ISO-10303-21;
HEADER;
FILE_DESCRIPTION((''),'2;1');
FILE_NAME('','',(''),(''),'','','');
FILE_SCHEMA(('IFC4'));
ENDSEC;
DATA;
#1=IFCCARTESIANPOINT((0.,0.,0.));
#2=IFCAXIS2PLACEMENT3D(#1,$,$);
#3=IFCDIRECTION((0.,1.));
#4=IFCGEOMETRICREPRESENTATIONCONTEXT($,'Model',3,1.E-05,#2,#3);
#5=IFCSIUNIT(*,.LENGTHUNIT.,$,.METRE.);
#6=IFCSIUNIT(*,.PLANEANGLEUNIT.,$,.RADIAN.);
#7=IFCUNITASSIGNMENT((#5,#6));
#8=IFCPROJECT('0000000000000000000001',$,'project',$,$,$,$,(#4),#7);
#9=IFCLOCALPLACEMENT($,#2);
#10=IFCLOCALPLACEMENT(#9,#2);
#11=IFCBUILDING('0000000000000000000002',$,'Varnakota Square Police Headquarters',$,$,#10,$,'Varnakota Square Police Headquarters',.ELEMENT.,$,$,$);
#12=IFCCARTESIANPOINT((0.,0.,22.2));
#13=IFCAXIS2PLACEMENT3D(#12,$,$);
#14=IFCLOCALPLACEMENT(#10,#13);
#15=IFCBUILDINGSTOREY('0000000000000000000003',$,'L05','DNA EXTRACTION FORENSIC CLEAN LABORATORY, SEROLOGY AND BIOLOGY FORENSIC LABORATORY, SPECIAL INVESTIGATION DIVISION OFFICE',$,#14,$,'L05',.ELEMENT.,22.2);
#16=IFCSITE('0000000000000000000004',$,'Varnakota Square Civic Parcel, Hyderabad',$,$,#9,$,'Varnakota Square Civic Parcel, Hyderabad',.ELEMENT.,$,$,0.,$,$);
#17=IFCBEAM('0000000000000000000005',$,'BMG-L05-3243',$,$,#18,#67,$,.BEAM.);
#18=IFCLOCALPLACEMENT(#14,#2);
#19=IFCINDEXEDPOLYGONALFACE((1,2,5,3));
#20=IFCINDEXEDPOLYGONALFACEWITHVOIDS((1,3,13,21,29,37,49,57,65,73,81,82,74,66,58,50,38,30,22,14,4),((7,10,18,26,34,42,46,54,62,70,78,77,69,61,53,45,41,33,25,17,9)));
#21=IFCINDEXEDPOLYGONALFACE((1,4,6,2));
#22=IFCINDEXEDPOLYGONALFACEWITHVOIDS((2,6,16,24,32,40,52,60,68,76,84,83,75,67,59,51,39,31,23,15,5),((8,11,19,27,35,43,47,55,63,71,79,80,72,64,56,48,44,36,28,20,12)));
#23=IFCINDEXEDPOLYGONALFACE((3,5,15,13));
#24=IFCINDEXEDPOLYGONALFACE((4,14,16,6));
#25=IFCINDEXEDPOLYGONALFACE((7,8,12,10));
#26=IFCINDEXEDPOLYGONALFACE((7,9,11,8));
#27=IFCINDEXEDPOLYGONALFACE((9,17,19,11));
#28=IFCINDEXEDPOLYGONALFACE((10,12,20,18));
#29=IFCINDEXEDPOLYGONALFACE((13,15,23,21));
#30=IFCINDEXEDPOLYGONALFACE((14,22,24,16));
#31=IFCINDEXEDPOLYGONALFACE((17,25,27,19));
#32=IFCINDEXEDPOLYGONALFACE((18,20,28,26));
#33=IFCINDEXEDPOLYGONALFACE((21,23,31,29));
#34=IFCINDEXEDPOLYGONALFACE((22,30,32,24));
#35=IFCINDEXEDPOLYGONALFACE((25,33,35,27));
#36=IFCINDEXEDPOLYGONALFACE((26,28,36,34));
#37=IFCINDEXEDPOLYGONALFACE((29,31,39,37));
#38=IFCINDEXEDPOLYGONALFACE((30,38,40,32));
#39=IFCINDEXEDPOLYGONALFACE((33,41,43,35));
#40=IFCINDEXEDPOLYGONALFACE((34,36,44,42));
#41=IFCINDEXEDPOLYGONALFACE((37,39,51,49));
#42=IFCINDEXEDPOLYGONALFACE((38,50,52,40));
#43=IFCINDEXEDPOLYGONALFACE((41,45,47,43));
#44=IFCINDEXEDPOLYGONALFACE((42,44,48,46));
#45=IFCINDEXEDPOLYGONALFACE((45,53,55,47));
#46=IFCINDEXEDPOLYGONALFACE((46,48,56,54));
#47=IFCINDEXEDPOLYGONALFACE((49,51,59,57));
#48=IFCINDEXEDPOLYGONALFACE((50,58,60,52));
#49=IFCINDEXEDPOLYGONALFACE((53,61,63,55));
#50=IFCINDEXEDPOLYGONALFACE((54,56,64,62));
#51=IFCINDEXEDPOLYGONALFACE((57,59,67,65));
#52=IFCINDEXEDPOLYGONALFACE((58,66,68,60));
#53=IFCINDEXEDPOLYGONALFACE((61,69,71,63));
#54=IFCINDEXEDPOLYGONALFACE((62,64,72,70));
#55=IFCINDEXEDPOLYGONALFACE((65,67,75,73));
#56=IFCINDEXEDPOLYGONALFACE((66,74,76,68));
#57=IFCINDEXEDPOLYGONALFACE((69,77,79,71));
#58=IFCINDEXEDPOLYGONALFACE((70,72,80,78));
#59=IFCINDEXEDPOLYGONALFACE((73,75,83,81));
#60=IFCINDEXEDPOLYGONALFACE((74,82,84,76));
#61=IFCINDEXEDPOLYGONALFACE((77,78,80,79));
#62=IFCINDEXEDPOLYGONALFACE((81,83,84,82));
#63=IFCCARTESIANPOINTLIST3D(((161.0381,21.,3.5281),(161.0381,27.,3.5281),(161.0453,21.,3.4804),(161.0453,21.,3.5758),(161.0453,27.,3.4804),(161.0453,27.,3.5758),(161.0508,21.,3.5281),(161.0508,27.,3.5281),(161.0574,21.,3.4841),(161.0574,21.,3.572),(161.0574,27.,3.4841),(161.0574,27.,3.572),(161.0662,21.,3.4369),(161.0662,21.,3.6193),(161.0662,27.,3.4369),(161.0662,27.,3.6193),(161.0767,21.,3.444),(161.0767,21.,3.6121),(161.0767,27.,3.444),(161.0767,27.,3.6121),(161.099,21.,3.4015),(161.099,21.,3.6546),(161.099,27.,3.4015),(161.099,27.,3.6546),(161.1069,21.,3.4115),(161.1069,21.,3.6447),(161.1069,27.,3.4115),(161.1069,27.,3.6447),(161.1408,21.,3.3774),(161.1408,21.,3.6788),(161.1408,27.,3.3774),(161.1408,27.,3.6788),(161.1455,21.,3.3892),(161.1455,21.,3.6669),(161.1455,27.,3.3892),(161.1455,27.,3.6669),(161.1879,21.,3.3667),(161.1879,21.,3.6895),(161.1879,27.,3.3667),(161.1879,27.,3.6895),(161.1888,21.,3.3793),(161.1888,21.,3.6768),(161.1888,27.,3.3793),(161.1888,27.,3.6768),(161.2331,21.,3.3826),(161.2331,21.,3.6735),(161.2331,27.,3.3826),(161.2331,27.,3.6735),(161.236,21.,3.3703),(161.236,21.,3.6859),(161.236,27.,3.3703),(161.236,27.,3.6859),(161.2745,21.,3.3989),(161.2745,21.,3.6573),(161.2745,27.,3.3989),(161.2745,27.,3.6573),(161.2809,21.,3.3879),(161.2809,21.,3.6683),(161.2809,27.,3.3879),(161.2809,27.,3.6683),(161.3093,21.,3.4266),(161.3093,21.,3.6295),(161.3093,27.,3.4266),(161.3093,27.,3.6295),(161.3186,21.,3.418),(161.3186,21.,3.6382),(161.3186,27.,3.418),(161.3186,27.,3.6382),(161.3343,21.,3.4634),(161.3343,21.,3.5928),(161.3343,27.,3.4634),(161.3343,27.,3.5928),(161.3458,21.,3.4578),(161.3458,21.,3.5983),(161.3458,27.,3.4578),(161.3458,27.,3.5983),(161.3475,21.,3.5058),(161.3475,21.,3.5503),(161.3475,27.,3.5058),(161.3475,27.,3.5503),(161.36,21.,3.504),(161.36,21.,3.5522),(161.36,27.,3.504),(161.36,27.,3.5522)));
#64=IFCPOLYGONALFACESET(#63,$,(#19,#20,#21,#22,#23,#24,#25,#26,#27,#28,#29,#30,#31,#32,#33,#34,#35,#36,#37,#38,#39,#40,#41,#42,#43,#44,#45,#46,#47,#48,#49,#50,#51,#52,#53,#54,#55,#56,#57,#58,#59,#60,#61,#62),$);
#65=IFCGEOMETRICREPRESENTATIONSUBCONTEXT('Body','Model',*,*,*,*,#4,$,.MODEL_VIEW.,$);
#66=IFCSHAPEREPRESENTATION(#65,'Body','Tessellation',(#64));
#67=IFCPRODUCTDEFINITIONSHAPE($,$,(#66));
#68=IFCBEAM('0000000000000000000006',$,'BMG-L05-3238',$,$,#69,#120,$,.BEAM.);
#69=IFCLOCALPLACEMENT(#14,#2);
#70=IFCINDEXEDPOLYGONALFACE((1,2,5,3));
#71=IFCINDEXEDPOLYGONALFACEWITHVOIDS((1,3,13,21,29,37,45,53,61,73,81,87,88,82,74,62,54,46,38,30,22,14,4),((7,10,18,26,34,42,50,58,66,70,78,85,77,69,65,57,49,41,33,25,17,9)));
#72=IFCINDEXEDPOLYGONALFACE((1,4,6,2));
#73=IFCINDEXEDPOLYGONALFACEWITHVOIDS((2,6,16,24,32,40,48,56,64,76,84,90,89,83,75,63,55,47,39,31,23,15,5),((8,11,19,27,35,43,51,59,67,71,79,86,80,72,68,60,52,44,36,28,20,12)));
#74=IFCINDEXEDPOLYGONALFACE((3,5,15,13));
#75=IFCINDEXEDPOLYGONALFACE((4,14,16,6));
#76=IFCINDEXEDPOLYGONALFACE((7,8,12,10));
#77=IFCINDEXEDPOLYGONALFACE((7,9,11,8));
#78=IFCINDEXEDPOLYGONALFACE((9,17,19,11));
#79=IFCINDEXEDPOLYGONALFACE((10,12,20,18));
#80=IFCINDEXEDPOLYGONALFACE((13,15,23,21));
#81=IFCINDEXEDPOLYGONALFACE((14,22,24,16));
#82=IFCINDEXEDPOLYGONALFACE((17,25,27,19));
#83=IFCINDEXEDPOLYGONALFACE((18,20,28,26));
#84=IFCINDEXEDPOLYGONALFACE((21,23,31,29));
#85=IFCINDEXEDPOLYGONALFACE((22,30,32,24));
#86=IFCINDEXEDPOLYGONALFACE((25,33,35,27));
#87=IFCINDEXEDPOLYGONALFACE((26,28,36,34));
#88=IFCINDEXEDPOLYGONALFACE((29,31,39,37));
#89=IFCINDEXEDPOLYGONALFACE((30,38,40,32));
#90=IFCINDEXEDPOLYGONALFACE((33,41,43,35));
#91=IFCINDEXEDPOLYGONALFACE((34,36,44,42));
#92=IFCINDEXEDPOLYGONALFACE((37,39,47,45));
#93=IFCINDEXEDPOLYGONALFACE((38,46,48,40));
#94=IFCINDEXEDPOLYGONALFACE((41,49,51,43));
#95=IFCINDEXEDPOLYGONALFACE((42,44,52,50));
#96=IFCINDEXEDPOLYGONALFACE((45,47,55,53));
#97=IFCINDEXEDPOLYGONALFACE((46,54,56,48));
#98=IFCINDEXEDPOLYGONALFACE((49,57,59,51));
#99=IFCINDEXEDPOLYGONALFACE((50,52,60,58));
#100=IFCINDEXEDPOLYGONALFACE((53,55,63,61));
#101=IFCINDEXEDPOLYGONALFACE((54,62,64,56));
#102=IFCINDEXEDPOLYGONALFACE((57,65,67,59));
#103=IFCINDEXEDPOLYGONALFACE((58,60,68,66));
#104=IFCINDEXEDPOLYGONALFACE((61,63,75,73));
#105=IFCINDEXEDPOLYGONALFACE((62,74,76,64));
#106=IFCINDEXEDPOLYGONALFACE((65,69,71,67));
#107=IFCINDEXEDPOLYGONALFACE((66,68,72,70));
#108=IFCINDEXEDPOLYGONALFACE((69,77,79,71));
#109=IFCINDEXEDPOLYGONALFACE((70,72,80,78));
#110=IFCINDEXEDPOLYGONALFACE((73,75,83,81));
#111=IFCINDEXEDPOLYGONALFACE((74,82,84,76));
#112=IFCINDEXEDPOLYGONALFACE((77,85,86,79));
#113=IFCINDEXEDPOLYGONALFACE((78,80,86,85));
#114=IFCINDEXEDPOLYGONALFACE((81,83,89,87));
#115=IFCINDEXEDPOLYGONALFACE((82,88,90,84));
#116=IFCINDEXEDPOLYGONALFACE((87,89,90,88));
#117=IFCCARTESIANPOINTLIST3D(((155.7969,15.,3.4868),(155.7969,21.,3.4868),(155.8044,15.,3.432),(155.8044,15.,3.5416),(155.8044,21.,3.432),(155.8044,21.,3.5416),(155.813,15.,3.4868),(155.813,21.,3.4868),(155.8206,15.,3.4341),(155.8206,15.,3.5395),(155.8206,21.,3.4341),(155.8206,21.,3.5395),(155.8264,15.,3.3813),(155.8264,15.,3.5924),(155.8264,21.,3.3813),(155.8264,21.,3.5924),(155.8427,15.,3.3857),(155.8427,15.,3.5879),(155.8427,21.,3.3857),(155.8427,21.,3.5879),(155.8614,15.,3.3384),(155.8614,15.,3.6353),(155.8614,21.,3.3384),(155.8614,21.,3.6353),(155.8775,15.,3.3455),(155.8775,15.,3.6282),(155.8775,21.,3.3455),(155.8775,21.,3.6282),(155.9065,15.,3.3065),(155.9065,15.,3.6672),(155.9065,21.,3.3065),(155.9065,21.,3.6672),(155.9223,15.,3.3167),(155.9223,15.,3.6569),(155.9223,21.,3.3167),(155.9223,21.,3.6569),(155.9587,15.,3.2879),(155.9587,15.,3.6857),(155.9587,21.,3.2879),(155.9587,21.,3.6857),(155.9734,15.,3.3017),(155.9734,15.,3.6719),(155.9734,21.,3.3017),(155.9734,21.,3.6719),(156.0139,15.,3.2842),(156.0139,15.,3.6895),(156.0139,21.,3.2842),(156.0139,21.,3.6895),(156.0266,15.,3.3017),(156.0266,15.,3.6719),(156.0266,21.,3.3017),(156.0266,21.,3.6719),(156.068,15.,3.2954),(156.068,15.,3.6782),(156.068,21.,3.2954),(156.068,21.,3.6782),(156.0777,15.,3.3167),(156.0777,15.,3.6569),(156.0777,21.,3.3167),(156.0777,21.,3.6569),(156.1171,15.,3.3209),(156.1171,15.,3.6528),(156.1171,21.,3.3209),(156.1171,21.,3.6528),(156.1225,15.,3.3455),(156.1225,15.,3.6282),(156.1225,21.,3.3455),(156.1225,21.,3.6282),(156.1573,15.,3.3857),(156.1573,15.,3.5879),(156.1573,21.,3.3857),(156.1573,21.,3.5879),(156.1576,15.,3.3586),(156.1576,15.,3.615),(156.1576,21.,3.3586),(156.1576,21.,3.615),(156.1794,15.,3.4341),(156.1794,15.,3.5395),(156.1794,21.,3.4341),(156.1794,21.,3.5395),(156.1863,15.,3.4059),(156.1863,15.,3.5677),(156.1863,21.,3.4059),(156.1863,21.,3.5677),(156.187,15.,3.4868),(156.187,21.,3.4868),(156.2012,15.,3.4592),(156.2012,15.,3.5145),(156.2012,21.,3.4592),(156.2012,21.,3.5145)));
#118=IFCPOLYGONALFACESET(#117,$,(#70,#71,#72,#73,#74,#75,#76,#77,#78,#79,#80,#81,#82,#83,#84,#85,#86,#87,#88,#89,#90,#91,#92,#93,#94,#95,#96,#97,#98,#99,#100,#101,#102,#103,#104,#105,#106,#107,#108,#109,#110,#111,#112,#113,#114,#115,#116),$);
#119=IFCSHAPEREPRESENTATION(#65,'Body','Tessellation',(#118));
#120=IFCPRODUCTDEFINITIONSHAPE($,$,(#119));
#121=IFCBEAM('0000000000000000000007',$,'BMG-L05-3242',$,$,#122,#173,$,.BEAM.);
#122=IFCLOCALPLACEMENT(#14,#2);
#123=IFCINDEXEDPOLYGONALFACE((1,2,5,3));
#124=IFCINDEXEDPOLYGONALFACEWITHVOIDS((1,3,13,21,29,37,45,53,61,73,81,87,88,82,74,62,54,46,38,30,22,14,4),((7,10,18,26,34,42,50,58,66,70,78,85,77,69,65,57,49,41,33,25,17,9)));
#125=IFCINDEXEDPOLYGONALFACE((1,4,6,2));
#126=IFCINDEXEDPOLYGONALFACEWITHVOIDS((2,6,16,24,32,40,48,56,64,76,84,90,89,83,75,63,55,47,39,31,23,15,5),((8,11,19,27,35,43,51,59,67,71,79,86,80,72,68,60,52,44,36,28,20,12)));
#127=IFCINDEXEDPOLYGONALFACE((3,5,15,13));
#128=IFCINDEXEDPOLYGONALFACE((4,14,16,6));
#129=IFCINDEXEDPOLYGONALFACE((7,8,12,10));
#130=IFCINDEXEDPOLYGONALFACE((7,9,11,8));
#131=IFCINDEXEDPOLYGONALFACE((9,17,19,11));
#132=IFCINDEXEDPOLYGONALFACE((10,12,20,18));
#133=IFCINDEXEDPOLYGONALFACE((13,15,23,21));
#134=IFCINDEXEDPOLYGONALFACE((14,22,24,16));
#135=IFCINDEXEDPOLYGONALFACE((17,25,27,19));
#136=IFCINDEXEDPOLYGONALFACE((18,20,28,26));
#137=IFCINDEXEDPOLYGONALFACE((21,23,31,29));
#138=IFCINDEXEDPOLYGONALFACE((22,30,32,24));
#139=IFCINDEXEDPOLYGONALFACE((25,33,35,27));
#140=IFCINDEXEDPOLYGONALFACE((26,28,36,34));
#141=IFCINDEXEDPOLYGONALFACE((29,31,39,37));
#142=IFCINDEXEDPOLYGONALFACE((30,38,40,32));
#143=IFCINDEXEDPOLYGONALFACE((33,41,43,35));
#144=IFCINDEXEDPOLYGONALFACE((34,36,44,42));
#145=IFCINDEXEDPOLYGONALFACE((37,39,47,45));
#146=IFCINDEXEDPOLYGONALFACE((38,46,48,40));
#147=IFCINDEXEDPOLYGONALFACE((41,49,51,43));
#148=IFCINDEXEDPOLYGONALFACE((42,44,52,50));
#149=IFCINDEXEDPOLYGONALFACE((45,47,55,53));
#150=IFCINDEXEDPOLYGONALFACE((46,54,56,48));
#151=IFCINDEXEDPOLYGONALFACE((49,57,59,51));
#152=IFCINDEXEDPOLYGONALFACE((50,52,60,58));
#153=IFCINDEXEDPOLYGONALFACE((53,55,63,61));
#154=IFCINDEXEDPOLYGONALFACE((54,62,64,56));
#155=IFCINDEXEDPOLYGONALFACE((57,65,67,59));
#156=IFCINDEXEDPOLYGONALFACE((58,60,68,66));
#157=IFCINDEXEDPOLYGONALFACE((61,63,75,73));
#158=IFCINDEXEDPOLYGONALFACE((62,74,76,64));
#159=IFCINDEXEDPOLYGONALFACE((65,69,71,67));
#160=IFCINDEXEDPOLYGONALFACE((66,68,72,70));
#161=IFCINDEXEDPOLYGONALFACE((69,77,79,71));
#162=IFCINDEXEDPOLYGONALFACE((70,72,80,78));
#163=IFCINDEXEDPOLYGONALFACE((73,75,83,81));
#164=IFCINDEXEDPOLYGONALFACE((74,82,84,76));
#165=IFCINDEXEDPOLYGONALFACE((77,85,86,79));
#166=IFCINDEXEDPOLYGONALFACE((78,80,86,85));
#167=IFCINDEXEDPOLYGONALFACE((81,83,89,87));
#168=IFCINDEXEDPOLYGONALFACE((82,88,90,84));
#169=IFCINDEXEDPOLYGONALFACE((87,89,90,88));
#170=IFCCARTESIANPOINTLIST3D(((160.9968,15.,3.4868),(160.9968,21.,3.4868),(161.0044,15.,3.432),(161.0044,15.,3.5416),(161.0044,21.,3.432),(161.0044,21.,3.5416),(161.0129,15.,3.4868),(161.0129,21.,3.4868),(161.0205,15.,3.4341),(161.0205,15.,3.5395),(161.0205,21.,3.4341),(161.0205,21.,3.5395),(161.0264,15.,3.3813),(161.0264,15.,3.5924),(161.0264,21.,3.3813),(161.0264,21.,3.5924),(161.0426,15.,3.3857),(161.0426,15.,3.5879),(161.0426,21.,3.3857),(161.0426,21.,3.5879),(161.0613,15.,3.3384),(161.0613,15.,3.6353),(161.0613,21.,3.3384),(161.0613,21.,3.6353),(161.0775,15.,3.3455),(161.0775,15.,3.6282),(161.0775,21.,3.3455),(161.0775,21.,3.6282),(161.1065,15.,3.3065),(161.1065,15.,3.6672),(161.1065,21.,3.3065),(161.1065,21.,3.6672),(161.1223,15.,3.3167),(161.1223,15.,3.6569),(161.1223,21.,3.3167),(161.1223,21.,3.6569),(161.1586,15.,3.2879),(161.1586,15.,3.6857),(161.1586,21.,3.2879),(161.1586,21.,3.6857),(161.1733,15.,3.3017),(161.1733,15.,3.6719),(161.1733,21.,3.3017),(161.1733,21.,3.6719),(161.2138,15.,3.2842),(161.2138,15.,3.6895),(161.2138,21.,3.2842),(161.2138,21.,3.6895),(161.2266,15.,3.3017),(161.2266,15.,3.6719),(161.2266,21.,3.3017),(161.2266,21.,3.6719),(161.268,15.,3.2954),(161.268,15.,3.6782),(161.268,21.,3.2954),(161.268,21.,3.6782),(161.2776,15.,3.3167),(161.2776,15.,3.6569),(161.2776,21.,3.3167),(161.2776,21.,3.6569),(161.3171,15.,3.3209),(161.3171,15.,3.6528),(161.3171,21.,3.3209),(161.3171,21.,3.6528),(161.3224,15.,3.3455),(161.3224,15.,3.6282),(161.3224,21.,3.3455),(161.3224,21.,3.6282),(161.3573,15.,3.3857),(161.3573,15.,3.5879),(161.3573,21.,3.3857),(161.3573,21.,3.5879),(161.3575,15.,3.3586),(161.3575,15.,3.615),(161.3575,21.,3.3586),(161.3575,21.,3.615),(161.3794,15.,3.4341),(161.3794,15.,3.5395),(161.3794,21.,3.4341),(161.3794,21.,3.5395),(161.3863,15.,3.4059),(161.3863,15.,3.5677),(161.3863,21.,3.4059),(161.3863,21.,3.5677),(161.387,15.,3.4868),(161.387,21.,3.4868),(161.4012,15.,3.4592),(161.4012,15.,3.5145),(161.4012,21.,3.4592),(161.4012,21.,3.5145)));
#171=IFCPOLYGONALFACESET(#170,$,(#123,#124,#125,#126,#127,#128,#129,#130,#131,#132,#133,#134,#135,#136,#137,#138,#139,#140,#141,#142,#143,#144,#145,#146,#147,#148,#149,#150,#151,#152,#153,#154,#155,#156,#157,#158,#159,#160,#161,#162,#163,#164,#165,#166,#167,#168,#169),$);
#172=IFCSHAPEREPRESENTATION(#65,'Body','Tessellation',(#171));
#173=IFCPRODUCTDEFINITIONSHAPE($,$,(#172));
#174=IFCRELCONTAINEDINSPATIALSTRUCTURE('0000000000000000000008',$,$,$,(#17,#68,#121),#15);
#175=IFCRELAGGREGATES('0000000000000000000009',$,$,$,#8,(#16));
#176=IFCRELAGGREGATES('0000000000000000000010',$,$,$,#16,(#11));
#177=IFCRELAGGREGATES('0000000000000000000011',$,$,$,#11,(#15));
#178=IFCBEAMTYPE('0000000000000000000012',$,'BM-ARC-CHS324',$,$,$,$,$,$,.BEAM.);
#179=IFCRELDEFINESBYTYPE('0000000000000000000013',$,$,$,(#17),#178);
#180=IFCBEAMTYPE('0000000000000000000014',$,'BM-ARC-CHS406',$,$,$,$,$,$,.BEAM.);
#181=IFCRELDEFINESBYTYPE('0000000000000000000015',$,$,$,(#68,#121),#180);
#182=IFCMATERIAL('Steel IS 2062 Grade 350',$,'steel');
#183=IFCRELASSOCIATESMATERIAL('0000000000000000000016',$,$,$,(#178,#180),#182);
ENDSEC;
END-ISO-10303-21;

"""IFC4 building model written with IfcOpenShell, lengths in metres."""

from ifc_helpers import new_model, si_unit, direction, frame, origin, origin_2d, place, context, subcontext, project, spatial, hollow_circle, extrude, material, material_profile, profile_set, type_object, element, save


model = new_model("IFC4")

# Units and contexts
model_context = context("Model", 3, precision=1e-05, world=origin(), true_north=direction((0.0, 1.0)))
body_context = subcontext(model_context, "Body", "Model", "MODEL_VIEW")
ifc_project = project(units=[si_unit("LENGTHUNIT", "METRE"), si_unit("PLANEANGLEUNIT", "RADIAN")], contexts=[model_context])

# Site, building, storey
site_placement = place(None, origin())
site = spatial("IfcSite", under=ifc_project, at=site_placement, Name="Varnakota Square Civic Parcel, Hyderabad", LongName="Varnakota Square Civic Parcel, Hyderabad", CompositionType="ELEMENT", RefElevation=0.0)
building_placement = place(site_placement, origin())
building = spatial("IfcBuilding", under=site, at=building_placement, Name="Varnakota Square Police Headquarters", LongName="Varnakota Square Police Headquarters", CompositionType="ELEMENT")
storey_placement = place(building_placement, frame((0.0, 0.0, 22.2)))
storey = spatial("IfcBuildingStorey", under=building, at=storey_placement, Name="L05", Description="DNA EXTRACTION FORENSIC CLEAN LABORATORY, SEROLOGY AND BIOLOGY FORENSIC LABORATORY, SPECIAL INVESTIGATION DIVISION OFFICE", LongName="L05", CompositionType="ELEMENT", Elevation=22.2)

# Shared definitions
ifc_material_1 = material(Name="Steel IS 2062 Grade 350", Category="steel")

# Beams
ifc_material_profile_1 = material_profile(ifc_material_1, hollow_circle(Radius=0.1619, WallThickness=0.0127, at=origin_2d()), Name="CHS 323.9x12.7")
ifc_profile_set_1 = profile_set([ifc_material_profile_1], Name="Steel IS 2062 Grade 350")
beam_type_1 = type_object("IfcBeamType", Name="BM-ARC-CHS324", PredefinedType="BEAM", material=ifc_profile_set_1)
beam_1_placement = place(storey_placement, frame((161.2, 21.0, 3.5281), z_axis=(0.0, 1.0, 0.0), x_axis=(-1.0, 0.0, 0.0)))
element("IfcBeam", 1, at=beam_1_placement, inside=storey, type_object=beam_type_1, Name="BMG-L05-3243", PredefinedType="BEAM", context=body_context, shape_type="SweptSolid", body=[
    extrude(hollow_circle(Radius=0.1619, WallThickness=0.0127, at=origin_2d()), origin(), (0.0, 0.0, 1.0), 6.0),
])
ifc_material_profile_2 = material_profile(ifc_material_1, hollow_circle(Radius=0.2031, WallThickness=0.0161, at=origin_2d()), Name="CHS 406.4x16.0")
ifc_profile_set_2 = profile_set([ifc_material_profile_2], Name="Steel IS 2062 Grade 350")
beam_type_2 = type_object("IfcBeamType", Name="BM-ARC-CHS406", PredefinedType="BEAM", material=ifc_profile_set_2)
for number, where, z_axis, x_axis, name in (
    (2, (156.0, 15.0, 3.4868), (0.0, 1.0, 0.0), (-1.0, 0.0, 0.0), "BMG-L05-3238"),
    (3, (161.2, 15.0, 3.4868), (0.0, 1.0, 0.0), (-1.0, 0.0, 0.0), "BMG-L05-3242"),
):
    element("IfcBeam", number, at=place(storey_placement, frame(where, z_axis=z_axis, x_axis=x_axis)), inside=storey, type_object=beam_type_2, Name=name, PredefinedType="BEAM", context=body_context, shape_type="SweptSolid", body=[
        extrude(hollow_circle(Radius=0.2031, WallThickness=0.0161, at=origin_2d()), origin(), (0.0, 0.0, 1.0), 6.0),
    ])

save(model, "model.ifc")
